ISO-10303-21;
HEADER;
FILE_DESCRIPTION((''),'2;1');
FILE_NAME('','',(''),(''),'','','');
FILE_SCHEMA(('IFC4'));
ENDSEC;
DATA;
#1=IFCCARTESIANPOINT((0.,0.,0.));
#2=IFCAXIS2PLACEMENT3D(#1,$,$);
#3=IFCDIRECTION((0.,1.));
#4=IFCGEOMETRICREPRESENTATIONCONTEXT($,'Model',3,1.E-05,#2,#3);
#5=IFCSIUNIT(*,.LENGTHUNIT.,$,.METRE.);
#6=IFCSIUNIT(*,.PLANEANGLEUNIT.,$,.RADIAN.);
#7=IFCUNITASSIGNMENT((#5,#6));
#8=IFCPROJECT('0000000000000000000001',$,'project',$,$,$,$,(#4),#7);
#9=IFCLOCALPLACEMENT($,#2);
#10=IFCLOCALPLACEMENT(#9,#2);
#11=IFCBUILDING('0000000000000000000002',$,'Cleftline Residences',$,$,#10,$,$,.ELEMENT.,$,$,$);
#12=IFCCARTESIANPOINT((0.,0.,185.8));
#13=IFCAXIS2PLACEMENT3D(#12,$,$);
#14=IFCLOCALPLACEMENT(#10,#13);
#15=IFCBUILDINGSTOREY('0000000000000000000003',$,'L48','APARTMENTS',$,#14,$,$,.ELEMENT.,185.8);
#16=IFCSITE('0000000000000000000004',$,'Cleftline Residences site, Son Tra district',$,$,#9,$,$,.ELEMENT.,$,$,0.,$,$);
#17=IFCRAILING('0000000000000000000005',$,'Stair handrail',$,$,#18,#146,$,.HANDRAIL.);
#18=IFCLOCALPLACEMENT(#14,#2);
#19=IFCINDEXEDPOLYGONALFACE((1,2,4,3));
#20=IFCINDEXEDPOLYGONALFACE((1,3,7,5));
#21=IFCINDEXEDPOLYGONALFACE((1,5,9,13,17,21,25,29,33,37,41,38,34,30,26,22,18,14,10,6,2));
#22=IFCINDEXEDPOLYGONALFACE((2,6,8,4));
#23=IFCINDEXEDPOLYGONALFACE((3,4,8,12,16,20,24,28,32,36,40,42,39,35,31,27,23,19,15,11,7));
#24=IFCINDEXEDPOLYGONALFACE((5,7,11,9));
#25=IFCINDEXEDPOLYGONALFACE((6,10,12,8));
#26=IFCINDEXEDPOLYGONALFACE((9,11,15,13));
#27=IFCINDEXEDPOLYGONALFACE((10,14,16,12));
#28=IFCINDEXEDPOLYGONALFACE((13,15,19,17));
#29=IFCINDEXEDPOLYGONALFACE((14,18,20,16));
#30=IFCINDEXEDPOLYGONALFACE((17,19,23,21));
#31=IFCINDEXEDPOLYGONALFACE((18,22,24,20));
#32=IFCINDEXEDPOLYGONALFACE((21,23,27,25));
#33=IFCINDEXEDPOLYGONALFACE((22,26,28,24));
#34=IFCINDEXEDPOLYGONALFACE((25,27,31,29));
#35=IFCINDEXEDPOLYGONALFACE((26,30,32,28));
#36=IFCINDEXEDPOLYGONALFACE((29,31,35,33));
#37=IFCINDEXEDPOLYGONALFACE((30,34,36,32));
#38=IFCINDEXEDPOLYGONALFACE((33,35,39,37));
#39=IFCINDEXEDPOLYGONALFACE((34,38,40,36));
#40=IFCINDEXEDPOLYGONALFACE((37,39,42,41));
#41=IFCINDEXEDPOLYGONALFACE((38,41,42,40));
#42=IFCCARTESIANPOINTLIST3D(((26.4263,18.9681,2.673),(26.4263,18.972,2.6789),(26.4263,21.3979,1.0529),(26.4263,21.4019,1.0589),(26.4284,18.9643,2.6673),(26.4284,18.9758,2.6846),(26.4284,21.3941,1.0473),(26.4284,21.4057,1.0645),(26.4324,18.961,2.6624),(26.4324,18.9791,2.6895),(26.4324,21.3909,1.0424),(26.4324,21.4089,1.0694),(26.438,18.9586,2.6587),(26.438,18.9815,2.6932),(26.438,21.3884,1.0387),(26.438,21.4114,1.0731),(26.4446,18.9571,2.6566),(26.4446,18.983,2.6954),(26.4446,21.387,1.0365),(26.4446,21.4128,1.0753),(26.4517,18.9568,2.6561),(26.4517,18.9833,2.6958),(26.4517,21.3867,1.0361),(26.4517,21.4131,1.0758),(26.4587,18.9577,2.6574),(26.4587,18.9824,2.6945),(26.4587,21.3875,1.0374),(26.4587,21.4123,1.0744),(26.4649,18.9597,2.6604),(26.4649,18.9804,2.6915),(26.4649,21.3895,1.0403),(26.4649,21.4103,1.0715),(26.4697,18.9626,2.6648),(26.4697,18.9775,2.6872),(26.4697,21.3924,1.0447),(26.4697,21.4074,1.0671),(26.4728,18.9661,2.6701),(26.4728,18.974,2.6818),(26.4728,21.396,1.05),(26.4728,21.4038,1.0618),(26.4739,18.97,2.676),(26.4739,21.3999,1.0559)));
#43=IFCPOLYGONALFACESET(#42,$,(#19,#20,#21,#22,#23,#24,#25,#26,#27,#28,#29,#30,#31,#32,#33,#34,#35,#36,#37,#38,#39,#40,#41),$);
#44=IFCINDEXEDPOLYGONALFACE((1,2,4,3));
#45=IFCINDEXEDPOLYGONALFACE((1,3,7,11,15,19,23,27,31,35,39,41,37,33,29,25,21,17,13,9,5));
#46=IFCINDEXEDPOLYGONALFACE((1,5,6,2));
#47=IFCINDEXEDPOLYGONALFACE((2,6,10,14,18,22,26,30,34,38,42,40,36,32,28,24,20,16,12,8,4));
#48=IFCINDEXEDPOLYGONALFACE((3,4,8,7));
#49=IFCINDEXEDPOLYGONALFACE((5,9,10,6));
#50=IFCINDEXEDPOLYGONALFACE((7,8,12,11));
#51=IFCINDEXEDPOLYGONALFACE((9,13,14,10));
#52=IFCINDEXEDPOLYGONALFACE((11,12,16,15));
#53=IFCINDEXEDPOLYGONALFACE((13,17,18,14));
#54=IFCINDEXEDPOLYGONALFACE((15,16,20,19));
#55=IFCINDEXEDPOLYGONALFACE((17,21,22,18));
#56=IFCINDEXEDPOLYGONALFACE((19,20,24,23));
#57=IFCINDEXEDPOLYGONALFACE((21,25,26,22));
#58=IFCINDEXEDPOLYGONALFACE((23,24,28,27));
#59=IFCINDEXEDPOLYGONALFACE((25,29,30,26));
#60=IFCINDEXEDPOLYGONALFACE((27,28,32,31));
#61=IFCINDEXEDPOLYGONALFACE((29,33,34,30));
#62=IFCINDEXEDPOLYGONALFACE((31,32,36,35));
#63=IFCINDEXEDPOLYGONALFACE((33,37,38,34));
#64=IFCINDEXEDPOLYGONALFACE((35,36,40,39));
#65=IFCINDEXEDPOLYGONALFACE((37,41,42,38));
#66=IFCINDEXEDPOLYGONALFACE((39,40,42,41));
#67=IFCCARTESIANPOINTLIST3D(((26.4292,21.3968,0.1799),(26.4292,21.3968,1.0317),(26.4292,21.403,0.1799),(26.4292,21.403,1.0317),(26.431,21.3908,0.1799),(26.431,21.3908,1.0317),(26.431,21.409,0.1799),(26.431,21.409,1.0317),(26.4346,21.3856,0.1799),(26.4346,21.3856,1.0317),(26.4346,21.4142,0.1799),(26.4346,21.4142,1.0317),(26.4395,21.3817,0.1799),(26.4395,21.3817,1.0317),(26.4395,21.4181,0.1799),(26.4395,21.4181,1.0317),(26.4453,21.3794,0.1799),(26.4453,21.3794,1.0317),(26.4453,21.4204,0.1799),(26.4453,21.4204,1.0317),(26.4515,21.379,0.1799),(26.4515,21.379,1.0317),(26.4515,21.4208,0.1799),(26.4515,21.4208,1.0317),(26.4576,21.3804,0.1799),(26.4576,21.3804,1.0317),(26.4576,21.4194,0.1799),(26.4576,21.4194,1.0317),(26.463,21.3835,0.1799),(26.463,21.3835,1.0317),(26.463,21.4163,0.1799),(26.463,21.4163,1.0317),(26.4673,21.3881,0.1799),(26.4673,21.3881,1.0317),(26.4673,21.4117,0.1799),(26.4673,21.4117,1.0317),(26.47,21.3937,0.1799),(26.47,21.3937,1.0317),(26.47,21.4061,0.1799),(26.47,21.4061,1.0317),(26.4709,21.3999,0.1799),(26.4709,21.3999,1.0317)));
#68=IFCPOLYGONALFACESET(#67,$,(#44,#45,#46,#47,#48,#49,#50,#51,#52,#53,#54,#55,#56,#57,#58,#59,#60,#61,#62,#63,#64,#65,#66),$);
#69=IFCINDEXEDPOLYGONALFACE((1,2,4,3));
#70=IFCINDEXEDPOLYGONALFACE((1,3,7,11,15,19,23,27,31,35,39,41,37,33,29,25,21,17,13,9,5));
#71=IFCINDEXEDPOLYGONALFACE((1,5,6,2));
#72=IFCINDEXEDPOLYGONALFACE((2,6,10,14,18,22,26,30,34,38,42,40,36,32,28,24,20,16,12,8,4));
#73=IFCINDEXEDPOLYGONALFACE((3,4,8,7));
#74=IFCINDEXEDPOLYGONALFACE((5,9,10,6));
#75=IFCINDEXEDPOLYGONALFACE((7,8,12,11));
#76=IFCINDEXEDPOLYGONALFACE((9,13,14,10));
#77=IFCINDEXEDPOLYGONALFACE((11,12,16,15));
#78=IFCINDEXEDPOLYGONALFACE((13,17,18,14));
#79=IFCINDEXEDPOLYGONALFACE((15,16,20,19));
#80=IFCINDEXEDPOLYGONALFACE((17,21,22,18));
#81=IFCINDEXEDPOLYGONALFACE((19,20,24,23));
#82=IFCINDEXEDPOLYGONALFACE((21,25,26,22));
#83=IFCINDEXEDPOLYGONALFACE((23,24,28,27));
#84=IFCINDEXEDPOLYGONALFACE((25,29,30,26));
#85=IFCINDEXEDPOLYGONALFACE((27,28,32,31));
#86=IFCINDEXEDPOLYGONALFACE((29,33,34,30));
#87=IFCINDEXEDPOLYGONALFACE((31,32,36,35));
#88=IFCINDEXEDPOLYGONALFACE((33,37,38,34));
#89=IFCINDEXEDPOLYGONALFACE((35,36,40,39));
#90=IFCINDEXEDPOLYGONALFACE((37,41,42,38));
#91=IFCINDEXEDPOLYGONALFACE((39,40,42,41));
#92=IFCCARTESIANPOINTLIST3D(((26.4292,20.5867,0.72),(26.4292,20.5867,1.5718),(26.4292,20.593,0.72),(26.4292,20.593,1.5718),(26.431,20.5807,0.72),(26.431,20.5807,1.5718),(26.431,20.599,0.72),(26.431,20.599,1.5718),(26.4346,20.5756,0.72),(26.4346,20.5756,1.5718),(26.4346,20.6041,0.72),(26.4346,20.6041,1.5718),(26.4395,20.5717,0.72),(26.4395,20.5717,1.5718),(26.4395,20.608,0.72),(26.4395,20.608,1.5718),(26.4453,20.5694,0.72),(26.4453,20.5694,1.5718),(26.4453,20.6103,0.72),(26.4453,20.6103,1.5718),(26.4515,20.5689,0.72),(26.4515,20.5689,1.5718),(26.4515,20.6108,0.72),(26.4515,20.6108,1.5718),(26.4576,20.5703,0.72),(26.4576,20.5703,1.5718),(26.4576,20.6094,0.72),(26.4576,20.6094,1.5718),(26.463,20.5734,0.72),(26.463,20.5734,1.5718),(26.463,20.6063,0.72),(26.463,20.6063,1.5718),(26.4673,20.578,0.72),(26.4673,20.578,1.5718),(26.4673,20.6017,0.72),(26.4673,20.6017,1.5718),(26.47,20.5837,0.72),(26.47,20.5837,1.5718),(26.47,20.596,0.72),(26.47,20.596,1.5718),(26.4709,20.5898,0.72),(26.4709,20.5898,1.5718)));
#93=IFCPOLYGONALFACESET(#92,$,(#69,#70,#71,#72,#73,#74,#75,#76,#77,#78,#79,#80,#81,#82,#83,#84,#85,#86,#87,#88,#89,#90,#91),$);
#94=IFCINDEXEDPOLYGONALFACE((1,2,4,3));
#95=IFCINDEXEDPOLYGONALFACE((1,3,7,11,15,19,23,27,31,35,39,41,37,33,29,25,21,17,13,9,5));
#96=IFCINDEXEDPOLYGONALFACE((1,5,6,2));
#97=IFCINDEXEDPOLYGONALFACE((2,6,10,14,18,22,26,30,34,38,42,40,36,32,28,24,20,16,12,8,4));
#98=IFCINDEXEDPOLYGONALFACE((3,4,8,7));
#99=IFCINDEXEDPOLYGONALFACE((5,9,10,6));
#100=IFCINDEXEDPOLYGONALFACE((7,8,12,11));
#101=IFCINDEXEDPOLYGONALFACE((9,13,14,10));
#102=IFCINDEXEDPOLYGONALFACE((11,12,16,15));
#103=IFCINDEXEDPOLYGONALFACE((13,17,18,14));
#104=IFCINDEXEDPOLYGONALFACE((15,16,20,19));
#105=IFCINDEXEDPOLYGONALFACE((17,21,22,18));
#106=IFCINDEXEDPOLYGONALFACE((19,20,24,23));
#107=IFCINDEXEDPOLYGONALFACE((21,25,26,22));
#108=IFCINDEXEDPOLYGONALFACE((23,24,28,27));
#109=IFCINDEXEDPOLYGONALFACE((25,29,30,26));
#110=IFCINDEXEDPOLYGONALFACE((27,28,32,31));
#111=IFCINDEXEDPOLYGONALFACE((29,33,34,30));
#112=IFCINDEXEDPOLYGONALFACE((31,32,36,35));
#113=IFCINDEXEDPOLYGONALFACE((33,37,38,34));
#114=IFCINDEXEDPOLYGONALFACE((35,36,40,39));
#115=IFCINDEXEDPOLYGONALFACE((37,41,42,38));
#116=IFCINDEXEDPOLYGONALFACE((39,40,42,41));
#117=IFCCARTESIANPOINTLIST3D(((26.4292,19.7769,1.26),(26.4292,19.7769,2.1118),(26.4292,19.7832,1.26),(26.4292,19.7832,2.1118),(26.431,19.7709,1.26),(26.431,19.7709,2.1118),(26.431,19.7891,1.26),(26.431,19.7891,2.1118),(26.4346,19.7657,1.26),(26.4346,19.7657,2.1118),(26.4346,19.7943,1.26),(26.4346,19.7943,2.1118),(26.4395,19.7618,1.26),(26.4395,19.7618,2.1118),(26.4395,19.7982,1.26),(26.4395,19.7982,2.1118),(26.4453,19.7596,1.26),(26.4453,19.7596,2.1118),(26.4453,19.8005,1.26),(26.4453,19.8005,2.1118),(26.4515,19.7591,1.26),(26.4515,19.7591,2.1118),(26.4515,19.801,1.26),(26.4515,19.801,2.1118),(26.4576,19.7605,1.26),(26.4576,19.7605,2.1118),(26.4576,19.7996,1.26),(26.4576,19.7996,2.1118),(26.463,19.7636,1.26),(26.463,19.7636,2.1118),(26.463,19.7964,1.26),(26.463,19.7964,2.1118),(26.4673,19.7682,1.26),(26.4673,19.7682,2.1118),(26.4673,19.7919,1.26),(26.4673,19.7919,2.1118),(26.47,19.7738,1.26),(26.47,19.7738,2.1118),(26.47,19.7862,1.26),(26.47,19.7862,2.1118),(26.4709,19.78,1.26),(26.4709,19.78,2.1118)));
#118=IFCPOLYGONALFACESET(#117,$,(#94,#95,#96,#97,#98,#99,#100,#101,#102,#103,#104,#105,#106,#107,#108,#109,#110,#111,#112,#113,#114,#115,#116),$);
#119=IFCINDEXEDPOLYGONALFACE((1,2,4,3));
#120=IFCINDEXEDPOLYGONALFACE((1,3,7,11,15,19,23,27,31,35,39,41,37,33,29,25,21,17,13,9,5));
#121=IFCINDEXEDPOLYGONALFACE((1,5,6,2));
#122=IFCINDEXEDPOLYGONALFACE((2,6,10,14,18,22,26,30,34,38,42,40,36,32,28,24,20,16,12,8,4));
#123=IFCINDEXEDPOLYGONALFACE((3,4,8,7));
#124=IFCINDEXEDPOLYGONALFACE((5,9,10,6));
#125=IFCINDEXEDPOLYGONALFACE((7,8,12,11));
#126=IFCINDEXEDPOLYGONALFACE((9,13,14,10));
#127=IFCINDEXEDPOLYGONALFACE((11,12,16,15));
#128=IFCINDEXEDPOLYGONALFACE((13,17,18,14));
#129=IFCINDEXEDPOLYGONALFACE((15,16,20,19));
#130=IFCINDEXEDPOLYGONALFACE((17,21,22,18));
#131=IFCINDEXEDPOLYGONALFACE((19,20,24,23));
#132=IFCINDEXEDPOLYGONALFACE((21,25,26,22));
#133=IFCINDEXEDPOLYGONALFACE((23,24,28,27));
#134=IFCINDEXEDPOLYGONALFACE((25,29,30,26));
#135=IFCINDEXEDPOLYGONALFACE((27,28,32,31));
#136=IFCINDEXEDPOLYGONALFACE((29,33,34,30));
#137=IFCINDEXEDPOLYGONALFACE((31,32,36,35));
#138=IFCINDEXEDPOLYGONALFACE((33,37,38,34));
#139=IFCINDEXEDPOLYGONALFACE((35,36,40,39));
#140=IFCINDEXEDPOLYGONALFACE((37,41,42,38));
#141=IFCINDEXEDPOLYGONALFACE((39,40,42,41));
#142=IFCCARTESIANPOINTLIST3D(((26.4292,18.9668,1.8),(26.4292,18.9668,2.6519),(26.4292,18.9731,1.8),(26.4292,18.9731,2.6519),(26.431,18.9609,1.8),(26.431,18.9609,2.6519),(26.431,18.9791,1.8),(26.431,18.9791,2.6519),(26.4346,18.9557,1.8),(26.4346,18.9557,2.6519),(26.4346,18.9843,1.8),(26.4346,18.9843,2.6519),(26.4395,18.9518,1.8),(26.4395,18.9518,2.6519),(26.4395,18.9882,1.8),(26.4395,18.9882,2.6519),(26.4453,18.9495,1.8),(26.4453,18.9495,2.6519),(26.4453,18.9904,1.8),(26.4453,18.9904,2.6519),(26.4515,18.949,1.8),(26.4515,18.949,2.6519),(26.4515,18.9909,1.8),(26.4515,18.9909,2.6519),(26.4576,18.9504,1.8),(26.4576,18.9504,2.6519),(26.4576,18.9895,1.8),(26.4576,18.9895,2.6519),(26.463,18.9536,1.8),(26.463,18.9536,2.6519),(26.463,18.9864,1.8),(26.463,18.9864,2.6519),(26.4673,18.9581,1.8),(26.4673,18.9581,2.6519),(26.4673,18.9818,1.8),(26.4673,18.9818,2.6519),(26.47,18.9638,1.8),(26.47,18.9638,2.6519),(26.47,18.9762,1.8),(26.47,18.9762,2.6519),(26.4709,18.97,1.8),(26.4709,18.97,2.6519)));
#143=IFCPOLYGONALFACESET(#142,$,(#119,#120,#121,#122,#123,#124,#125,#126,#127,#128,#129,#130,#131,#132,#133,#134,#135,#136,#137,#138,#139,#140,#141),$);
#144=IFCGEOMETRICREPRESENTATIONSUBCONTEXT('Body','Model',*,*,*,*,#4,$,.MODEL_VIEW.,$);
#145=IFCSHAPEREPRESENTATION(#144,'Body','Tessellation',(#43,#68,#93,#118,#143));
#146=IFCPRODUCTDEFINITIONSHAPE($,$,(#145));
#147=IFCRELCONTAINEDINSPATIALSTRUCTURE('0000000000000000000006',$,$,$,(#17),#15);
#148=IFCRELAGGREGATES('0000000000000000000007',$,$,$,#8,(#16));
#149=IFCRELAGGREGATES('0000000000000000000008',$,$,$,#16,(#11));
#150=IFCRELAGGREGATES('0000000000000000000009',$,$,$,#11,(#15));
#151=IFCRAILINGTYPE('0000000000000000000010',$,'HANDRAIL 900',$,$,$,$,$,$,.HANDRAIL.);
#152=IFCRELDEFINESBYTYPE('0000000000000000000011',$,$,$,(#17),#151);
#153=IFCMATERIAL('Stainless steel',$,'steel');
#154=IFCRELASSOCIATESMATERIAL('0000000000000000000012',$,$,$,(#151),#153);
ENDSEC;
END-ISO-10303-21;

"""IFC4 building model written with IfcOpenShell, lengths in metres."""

from ifc_helpers import new_model, si_unit, direction, frame, origin, origin_2d, place, context, subcontext, project, spatial, circle, extrude, material, type_object, element, save


model = new_model("IFC4")

# Units and contexts
model_context = context("Model", 3, precision=1e-05, world=origin(), true_north=direction((0.0, 1.0)))
body_context = subcontext(model_context, "Body", "Model", "MODEL_VIEW")
ifc_project = project(units=[si_unit("LENGTHUNIT", "METRE"), si_unit("PLANEANGLEUNIT", "RADIAN")], contexts=[model_context])

# Site, building, storey
site_placement = place(None, origin())
site = spatial("IfcSite", under=ifc_project, at=site_placement, Name="Cleftline Residences site, Son Tra district", CompositionType="ELEMENT", RefElevation=0.0)
building_placement = place(site_placement, origin())
building = spatial("IfcBuilding", under=site, at=building_placement, Name="Cleftline Residences", CompositionType="ELEMENT")
storey_placement = place(building_placement, frame((0.0, 0.0, 185.8)))
storey = spatial("IfcBuildingStorey", under=building, at=storey_placement, Name="L48", Description="APARTMENTS", CompositionType="ELEMENT", Elevation=185.8)

# Railing
ifc_material_1 = material(Name="Stainless steel", Category="steel")
railing_type = type_object("IfcRailingType", Name="HANDRAIL 900", PredefinedType="HANDRAIL", material=ifc_material_1)
railing_1_placement = place(storey_placement, frame((26.45, 21.3999, 0.1799)))
element("IfcRailing", 1, at=railing_1_placement, inside=storey, type_object=railing_type, Name="Stair handrail", PredefinedType="HANDRAIL", context=body_context, shape_type="SweptSolid", body=[
    extrude(circle(Radius=0.0239, at=origin_2d()), frame((0.0, 0.0, 0.876), z_axis=(0.0, -0.832025, 0.554739), x_axis=(1.0, 0.0, 0.0)), (0.0, 0.0, 1.0), 2.9204),
    extrude(circle(Radius=0.021, at=origin_2d()), origin(), (0.0, 0.0, 1.0), 0.8518),
    extrude(circle(Radius=0.021, at=origin_2d()), frame((0.0, -0.8101, 0.54)), (0.0, 0.0, 1.0), 0.8518),
    extrude(circle(Radius=0.021, at=origin_2d()), frame((0.0, -1.6199, 1.0801)), (0.0, 0.0, 1.0), 0.8518),
    extrude(circle(Radius=0.021, at=origin_2d()), frame((0.0, -2.4299, 1.6201)), (0.0, 0.0, 1.0), 0.8518),
])

save(model, "model.ifc")
